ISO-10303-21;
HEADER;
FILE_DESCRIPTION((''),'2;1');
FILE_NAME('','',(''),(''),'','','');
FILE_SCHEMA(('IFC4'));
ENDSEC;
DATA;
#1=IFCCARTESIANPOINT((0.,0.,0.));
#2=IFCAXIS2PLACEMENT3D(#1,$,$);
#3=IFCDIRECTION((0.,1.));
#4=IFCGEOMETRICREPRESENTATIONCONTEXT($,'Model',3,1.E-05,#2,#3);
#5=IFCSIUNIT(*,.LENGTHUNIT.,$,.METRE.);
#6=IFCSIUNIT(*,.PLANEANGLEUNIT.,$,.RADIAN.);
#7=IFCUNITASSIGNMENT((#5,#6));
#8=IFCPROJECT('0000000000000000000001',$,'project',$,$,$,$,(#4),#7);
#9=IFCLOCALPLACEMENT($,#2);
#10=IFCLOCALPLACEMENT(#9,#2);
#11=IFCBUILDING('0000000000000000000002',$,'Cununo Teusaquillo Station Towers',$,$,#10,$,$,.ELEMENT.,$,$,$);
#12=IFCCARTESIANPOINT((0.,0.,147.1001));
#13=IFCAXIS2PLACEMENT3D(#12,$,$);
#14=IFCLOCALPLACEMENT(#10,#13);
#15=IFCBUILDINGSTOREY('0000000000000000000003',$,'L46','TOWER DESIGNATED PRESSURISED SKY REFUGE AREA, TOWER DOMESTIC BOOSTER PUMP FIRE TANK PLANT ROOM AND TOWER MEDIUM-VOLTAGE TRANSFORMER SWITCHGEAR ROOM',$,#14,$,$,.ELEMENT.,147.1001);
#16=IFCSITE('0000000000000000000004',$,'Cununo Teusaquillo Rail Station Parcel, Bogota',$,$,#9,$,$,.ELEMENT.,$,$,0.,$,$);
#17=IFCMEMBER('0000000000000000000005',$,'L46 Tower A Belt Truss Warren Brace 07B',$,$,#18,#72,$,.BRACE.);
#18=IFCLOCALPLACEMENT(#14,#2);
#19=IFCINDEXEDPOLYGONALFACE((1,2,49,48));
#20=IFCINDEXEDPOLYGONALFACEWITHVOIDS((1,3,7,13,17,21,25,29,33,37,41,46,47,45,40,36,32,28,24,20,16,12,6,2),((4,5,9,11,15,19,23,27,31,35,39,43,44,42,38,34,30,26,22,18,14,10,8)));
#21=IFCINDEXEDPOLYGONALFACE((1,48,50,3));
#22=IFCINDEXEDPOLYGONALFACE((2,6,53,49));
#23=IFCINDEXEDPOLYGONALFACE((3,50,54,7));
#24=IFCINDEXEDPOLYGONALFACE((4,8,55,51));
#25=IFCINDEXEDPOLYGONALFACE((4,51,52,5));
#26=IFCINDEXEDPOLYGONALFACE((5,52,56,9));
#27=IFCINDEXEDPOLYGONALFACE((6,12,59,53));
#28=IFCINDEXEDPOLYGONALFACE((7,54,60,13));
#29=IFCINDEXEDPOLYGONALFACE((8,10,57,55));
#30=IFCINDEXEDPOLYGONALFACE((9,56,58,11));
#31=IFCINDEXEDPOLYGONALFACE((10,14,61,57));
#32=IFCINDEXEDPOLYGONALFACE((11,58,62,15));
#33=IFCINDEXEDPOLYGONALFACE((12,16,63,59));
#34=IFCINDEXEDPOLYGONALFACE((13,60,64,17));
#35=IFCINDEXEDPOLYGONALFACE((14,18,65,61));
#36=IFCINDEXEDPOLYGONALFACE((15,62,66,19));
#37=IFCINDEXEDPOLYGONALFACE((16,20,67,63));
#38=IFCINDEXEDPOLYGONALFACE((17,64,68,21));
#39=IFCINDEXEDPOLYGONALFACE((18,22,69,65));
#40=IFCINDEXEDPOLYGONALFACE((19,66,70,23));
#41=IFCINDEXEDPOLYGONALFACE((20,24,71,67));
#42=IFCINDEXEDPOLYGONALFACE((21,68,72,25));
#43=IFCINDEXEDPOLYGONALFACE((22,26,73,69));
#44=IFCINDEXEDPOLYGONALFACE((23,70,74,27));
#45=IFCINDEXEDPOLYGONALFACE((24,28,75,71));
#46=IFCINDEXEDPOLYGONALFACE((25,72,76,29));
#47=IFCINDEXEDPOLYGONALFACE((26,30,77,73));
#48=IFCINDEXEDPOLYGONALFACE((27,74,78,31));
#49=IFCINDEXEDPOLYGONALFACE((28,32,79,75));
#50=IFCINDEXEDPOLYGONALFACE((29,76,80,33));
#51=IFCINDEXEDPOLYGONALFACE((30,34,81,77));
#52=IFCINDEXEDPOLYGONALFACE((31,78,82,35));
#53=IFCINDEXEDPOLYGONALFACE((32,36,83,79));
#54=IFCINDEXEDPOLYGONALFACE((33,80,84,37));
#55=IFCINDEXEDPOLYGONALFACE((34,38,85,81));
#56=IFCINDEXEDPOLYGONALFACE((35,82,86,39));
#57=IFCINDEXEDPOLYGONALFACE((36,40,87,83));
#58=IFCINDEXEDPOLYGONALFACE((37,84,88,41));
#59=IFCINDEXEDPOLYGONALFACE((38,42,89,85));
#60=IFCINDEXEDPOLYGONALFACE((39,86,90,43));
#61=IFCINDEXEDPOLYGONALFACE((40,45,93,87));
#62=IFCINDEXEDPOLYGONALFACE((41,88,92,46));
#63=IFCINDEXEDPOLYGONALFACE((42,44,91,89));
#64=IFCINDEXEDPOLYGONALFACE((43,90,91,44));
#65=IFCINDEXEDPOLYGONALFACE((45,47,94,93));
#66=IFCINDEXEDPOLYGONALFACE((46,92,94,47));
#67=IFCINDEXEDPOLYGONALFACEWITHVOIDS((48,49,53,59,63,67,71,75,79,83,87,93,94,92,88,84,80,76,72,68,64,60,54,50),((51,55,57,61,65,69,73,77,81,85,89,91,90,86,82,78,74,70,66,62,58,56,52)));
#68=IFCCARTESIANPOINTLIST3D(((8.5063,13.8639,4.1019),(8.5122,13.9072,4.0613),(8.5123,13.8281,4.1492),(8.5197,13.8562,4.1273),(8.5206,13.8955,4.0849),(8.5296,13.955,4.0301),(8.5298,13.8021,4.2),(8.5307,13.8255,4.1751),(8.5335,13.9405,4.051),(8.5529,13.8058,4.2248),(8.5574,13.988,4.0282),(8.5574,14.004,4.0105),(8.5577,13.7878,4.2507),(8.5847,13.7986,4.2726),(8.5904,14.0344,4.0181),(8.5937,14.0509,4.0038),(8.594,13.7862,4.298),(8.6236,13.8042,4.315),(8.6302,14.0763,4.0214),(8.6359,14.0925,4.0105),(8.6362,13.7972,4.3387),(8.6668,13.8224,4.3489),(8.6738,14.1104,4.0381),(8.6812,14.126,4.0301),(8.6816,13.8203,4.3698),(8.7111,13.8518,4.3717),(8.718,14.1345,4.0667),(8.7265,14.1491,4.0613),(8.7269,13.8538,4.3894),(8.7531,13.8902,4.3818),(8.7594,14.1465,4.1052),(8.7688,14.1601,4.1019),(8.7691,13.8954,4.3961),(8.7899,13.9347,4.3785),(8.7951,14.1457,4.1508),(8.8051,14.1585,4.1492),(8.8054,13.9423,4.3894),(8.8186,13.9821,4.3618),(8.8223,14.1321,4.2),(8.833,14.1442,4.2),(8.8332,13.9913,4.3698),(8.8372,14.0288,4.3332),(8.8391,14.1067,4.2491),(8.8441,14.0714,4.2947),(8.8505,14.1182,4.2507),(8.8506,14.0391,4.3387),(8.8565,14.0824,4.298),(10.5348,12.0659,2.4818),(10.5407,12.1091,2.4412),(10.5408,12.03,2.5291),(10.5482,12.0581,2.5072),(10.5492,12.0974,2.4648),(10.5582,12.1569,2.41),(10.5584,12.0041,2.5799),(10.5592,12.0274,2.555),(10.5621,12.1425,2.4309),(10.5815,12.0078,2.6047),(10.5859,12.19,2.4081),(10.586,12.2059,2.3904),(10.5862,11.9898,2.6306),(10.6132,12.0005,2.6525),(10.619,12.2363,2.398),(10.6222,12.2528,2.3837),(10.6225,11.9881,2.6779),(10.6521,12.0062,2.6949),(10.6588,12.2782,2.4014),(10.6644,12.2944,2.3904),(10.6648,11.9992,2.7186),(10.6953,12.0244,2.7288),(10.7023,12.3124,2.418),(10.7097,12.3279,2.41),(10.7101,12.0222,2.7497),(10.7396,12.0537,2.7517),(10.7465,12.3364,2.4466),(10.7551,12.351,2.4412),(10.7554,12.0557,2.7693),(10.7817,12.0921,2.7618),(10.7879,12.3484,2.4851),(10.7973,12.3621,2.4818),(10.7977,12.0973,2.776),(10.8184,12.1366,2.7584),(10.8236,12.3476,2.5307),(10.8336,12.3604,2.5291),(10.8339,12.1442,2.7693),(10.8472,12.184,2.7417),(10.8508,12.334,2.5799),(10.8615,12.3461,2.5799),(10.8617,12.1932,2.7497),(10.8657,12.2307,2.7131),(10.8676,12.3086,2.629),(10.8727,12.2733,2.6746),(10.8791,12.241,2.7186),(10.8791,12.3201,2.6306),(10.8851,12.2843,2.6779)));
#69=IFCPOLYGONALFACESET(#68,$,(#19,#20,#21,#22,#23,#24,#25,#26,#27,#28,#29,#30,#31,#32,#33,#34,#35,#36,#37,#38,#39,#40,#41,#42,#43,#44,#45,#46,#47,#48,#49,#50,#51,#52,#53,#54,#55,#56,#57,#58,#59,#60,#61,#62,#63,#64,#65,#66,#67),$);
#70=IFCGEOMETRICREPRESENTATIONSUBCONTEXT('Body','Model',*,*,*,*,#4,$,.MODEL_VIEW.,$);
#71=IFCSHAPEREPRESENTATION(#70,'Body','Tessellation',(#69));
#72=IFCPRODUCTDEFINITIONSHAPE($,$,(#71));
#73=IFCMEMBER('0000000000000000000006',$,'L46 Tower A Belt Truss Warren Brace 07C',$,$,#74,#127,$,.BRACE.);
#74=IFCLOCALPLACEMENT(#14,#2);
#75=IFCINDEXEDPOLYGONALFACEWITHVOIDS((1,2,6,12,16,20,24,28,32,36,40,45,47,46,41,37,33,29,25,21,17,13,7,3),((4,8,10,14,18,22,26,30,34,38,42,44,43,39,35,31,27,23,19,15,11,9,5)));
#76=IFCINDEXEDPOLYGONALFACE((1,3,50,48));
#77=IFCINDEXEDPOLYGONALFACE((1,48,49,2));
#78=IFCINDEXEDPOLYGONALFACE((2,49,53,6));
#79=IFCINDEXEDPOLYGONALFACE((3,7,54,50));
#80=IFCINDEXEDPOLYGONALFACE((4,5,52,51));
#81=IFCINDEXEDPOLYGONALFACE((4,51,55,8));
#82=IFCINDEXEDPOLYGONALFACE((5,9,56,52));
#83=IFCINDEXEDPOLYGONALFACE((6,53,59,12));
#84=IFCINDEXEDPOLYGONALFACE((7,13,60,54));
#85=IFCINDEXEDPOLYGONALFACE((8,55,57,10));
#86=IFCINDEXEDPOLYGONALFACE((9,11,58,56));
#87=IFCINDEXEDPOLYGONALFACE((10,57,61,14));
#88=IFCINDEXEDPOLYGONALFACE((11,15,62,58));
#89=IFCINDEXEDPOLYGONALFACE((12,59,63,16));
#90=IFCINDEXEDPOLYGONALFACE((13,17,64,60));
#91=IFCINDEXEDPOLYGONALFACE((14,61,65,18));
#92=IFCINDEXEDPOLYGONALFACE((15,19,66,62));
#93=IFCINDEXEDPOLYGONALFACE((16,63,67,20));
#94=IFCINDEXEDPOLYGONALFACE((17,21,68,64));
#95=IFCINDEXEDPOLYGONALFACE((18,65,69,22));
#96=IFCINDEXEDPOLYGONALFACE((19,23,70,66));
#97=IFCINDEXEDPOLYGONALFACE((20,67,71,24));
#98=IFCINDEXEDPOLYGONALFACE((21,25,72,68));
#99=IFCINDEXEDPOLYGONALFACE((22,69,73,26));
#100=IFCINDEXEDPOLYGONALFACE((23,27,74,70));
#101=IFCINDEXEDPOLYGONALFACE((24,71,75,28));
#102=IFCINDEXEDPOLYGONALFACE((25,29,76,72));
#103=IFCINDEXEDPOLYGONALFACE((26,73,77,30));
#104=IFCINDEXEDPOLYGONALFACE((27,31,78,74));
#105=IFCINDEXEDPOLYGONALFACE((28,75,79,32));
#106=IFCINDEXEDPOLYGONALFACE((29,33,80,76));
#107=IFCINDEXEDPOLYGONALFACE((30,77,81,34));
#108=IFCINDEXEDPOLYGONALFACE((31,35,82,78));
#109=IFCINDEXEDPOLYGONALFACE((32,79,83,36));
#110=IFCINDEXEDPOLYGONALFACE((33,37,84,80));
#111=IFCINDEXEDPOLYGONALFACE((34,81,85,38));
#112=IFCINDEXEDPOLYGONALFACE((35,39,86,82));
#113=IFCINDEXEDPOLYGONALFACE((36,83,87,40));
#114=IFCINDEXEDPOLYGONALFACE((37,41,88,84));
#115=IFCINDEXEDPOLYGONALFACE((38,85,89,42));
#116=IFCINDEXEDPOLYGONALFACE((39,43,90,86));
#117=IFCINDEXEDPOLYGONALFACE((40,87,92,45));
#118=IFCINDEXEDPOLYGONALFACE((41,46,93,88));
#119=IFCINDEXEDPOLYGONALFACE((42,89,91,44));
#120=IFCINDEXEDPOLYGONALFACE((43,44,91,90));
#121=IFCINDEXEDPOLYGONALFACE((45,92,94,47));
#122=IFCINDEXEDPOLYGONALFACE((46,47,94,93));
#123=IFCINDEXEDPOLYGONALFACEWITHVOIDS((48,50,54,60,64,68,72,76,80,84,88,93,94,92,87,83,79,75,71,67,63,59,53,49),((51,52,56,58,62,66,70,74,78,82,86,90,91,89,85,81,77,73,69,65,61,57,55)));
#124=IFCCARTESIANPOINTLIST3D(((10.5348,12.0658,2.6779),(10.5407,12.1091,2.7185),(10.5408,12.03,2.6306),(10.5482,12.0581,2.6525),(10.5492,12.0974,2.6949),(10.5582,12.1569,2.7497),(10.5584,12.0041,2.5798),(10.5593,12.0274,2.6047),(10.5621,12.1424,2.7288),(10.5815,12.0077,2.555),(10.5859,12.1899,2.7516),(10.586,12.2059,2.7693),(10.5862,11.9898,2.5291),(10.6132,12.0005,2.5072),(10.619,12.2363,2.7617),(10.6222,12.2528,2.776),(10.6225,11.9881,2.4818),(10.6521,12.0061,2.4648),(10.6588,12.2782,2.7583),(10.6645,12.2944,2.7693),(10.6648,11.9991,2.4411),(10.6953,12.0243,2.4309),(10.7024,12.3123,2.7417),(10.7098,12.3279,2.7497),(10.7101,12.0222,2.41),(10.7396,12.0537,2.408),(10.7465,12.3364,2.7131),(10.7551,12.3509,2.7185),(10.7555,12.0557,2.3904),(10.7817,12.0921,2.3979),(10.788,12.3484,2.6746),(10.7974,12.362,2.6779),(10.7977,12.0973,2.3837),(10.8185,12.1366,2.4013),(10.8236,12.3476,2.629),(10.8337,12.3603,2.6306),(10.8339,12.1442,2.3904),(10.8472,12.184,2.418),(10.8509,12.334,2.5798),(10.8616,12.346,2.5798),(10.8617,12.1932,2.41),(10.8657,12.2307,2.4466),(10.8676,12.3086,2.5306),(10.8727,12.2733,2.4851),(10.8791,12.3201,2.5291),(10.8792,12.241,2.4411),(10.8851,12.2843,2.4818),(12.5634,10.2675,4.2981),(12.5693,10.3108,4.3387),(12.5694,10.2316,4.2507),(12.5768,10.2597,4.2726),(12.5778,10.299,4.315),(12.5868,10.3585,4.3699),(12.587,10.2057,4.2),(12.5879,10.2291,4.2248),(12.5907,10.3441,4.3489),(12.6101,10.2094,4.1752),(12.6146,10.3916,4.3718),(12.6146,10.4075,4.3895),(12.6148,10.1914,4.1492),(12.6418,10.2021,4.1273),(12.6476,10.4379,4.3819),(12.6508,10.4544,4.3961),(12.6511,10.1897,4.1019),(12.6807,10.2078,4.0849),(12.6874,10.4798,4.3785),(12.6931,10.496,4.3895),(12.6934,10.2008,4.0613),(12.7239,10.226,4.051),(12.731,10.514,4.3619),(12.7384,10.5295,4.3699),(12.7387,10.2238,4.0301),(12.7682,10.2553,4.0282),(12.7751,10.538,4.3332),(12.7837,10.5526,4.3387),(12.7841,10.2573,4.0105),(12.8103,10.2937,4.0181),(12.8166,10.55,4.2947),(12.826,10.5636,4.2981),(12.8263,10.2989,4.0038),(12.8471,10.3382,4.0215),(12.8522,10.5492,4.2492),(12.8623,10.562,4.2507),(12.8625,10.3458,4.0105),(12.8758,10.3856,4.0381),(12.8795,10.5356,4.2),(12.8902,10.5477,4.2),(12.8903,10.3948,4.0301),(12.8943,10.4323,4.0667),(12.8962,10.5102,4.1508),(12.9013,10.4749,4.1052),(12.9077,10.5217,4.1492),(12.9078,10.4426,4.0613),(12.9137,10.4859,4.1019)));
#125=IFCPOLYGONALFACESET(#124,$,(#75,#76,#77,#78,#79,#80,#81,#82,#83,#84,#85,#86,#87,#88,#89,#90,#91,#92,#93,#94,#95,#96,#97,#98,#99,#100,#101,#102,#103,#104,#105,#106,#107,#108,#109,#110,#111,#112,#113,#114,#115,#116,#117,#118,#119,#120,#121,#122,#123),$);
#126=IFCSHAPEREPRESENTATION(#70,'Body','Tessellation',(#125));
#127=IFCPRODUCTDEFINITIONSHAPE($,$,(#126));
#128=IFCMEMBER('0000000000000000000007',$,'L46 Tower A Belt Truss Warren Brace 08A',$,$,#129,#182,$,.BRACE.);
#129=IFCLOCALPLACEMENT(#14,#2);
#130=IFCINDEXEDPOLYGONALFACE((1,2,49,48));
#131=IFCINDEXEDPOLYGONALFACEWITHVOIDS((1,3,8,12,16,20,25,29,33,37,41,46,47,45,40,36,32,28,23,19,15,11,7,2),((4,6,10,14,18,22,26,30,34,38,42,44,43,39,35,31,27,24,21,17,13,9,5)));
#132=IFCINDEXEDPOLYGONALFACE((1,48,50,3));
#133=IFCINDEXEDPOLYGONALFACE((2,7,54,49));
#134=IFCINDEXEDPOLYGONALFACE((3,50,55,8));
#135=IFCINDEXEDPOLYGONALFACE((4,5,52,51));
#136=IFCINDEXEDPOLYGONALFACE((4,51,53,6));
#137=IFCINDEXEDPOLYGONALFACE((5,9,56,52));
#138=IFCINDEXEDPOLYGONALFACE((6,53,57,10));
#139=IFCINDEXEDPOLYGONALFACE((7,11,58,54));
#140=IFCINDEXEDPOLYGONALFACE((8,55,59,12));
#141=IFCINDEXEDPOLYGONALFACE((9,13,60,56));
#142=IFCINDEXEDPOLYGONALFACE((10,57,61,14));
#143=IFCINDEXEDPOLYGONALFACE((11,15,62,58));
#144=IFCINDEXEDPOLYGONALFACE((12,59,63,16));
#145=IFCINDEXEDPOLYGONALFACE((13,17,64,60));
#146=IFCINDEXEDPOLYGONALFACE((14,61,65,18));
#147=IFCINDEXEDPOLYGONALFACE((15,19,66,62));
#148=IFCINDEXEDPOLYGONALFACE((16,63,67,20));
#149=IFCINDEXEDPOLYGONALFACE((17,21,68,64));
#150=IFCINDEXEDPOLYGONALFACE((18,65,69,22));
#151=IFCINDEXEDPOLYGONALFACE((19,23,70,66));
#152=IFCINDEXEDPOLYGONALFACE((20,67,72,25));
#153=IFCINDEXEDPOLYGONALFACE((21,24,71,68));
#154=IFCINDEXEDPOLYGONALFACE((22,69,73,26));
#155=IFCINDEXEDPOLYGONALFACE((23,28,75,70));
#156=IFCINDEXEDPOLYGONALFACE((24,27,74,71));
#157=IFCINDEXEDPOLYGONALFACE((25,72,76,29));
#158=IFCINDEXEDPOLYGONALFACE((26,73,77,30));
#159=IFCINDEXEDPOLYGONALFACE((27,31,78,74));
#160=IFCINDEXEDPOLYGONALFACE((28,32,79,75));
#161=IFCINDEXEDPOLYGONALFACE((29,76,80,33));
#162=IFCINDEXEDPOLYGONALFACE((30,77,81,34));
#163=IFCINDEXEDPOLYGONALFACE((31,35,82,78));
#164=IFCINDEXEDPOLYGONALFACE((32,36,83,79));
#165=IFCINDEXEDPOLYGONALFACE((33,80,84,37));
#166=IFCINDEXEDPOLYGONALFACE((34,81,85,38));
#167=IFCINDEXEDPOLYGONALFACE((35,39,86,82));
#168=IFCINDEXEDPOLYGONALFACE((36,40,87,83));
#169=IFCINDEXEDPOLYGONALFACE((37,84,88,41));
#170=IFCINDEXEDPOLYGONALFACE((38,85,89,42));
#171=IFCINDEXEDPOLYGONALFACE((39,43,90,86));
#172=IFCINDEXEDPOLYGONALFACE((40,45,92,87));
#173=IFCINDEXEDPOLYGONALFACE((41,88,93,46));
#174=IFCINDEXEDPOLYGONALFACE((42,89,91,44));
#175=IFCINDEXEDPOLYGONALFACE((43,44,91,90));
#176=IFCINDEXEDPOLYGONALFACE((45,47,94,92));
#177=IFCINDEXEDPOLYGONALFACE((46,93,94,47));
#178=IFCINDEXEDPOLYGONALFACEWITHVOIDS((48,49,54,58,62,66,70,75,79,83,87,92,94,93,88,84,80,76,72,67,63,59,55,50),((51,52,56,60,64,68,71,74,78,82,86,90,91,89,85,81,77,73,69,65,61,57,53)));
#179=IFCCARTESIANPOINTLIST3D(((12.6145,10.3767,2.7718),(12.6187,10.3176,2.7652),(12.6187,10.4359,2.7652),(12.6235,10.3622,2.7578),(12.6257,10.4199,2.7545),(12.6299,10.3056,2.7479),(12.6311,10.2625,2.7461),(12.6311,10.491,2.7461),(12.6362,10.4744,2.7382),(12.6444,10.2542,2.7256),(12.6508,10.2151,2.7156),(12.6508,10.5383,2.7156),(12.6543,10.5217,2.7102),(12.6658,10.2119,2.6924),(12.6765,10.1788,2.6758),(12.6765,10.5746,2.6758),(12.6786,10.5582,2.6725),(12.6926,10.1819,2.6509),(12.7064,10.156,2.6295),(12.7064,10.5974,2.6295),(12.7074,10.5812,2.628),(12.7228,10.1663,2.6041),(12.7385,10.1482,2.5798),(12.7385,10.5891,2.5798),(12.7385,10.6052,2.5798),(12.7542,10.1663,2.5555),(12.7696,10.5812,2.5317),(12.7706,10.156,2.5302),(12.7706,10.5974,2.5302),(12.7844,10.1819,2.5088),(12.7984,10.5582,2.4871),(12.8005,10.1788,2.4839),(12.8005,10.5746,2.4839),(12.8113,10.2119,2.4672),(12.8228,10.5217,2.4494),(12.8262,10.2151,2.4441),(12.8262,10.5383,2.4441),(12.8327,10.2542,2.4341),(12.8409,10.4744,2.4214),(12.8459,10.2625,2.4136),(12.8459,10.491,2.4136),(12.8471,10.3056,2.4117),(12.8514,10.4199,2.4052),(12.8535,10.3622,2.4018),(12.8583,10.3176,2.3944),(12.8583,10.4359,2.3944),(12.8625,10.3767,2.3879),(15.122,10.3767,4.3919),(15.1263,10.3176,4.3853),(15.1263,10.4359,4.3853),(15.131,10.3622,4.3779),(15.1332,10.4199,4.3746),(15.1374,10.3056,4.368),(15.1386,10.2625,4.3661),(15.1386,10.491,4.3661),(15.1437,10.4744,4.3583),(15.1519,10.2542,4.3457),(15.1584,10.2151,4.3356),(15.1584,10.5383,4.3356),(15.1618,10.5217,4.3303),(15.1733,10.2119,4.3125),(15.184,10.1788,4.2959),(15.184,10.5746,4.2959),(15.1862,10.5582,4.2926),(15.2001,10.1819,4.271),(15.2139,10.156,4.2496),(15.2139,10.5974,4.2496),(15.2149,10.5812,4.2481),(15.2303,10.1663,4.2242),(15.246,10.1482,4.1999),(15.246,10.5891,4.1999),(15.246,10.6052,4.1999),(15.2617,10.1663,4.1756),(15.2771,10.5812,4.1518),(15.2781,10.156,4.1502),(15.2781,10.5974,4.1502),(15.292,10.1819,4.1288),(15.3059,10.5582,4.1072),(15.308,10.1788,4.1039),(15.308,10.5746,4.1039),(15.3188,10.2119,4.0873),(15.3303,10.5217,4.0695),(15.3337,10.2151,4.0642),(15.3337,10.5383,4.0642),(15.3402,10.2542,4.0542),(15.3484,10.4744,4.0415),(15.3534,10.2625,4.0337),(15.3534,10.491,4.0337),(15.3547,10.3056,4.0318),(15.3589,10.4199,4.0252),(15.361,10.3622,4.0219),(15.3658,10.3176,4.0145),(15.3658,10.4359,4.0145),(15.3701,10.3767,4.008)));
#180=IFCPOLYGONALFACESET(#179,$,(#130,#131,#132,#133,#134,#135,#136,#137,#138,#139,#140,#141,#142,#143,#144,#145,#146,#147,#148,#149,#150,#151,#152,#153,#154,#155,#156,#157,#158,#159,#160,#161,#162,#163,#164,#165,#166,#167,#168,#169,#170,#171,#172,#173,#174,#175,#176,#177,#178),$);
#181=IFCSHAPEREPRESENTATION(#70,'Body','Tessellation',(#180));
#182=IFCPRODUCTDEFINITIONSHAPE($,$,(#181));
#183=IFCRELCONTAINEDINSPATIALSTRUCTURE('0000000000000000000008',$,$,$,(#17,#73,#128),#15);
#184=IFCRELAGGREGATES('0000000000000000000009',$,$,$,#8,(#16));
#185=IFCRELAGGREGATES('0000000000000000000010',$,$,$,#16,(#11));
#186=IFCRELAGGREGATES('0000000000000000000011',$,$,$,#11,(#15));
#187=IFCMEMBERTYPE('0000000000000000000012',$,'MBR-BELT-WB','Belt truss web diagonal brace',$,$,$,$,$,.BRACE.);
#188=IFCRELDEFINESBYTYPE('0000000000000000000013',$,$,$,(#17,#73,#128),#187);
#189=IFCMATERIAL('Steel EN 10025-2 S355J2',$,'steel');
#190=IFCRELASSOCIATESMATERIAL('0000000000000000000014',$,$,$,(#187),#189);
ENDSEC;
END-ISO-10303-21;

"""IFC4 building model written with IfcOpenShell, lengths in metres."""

from ifc_helpers import new_model, si_unit, direction, frame, origin, origin_2d, place, context, subcontext, project, spatial, hollow_circle, extrude, material, material_profile, profile_set, type_object, element, save


model = new_model("IFC4")

# Units and contexts
model_context = context("Model", 3, precision=1e-05, world=origin(), true_north=direction((0.0, 1.0)))
body_context = subcontext(model_context, "Body", "Model", "MODEL_VIEW")
ifc_project = project(units=[si_unit("LENGTHUNIT", "METRE"), si_unit("PLANEANGLEUNIT", "RADIAN")], contexts=[model_context])

# Site, building, storey
site_placement = place(None, origin())
site = spatial("IfcSite", under=ifc_project, at=site_placement, Name="Cununo Teusaquillo Rail Station Parcel, Bogota", CompositionType="ELEMENT", RefElevation=0.0)
building_placement = place(site_placement, origin())
building = spatial("IfcBuilding", under=site, at=building_placement, Name="Cununo Teusaquillo Station Towers", CompositionType="ELEMENT")
storey_placement = place(building_placement, frame((0.0, 0.0, 147.1001)))
storey = spatial("IfcBuildingStorey", under=building, at=storey_placement, Name="L46", Description="TOWER DESIGNATED PRESSURISED SKY REFUGE AREA, TOWER DOMESTIC BOOSTER PUMP FIRE TANK PLANT ROOM AND TOWER MEDIUM-VOLTAGE TRANSFORMER SWITCHGEAR ROOM", CompositionType="ELEMENT", Elevation=147.1001)

# Members
ifc_material_1 = material(Name="Steel EN 10025-2 S355J2", Category="steel")
ifc_material_profile_1 = material_profile(ifc_material_1, hollow_circle(Radius=0.2285, WallThickness=0.0161, at=origin_2d()), Name="CHS 457x16")
ifc_profile_set_1 = profile_set([ifc_material_profile_1], Name="Steel EN 10025-2 S355J2")
member_type_1 = type_object("IfcMemberType", Name="MBR-BELT-WB", Description="Belt truss web diagonal brace", PredefinedType="BRACE", material=ifc_profile_set_1)
member_1_placement = place(storey_placement, frame((8.6814, 13.9731, 4.2), z_axis=(0.642356, -0.569377, -0.513019), x_axis=(0.663318, 0.748338, 0.0)))
element("IfcMember", 1, at=member_1_placement, inside=storey, type_object=member_type_1, Name="L46 Tower A Belt Truss Warren Brace 07B", PredefinedType="BRACE", context=body_context, shape_type="SweptSolid", body=[
    extrude(hollow_circle(Radius=0.2285, WallThickness=0.0161, at=origin_2d()), origin(), (0.0, 0.0, 1.0), 3.158),
])
member_2_placement = place(storey_placement, frame((10.71, 12.175, 2.5798), z_axis=(0.642328, -0.569429, 0.512996), x_axis=(0.663368, 0.748293, 0.0)))
element("IfcMember", 2, at=member_2_placement, inside=storey, type_object=member_type_1, Name="L46 Tower A Belt Truss Warren Brace 07C", PredefinedType="BRACE", context=body_context, shape_type="SweptSolid", body=[
    extrude(hollow_circle(Radius=0.2285, WallThickness=0.0161, at=origin_2d()), origin(), (0.0, 0.0, 1.0), 3.1582),
])
member_3_placement = place(storey_placement, frame((12.7385, 10.3767, 2.5798), z_axis=(0.839941, 0.0, 0.542678), x_axis=(0.0, 1.0, 0.0)))
element("IfcMember", 3, at=member_3_placement, inside=storey, type_object=member_type_1, Name="L46 Tower A Belt Truss Warren Brace 08A", PredefinedType="BRACE", context=body_context, shape_type="SweptSolid", body=[
    extrude(hollow_circle(Radius=0.2285, WallThickness=0.0161, at=origin_2d()), origin(), (0.0, 0.0, 1.0), 2.9854),
])

save(model, "model.ifc")
